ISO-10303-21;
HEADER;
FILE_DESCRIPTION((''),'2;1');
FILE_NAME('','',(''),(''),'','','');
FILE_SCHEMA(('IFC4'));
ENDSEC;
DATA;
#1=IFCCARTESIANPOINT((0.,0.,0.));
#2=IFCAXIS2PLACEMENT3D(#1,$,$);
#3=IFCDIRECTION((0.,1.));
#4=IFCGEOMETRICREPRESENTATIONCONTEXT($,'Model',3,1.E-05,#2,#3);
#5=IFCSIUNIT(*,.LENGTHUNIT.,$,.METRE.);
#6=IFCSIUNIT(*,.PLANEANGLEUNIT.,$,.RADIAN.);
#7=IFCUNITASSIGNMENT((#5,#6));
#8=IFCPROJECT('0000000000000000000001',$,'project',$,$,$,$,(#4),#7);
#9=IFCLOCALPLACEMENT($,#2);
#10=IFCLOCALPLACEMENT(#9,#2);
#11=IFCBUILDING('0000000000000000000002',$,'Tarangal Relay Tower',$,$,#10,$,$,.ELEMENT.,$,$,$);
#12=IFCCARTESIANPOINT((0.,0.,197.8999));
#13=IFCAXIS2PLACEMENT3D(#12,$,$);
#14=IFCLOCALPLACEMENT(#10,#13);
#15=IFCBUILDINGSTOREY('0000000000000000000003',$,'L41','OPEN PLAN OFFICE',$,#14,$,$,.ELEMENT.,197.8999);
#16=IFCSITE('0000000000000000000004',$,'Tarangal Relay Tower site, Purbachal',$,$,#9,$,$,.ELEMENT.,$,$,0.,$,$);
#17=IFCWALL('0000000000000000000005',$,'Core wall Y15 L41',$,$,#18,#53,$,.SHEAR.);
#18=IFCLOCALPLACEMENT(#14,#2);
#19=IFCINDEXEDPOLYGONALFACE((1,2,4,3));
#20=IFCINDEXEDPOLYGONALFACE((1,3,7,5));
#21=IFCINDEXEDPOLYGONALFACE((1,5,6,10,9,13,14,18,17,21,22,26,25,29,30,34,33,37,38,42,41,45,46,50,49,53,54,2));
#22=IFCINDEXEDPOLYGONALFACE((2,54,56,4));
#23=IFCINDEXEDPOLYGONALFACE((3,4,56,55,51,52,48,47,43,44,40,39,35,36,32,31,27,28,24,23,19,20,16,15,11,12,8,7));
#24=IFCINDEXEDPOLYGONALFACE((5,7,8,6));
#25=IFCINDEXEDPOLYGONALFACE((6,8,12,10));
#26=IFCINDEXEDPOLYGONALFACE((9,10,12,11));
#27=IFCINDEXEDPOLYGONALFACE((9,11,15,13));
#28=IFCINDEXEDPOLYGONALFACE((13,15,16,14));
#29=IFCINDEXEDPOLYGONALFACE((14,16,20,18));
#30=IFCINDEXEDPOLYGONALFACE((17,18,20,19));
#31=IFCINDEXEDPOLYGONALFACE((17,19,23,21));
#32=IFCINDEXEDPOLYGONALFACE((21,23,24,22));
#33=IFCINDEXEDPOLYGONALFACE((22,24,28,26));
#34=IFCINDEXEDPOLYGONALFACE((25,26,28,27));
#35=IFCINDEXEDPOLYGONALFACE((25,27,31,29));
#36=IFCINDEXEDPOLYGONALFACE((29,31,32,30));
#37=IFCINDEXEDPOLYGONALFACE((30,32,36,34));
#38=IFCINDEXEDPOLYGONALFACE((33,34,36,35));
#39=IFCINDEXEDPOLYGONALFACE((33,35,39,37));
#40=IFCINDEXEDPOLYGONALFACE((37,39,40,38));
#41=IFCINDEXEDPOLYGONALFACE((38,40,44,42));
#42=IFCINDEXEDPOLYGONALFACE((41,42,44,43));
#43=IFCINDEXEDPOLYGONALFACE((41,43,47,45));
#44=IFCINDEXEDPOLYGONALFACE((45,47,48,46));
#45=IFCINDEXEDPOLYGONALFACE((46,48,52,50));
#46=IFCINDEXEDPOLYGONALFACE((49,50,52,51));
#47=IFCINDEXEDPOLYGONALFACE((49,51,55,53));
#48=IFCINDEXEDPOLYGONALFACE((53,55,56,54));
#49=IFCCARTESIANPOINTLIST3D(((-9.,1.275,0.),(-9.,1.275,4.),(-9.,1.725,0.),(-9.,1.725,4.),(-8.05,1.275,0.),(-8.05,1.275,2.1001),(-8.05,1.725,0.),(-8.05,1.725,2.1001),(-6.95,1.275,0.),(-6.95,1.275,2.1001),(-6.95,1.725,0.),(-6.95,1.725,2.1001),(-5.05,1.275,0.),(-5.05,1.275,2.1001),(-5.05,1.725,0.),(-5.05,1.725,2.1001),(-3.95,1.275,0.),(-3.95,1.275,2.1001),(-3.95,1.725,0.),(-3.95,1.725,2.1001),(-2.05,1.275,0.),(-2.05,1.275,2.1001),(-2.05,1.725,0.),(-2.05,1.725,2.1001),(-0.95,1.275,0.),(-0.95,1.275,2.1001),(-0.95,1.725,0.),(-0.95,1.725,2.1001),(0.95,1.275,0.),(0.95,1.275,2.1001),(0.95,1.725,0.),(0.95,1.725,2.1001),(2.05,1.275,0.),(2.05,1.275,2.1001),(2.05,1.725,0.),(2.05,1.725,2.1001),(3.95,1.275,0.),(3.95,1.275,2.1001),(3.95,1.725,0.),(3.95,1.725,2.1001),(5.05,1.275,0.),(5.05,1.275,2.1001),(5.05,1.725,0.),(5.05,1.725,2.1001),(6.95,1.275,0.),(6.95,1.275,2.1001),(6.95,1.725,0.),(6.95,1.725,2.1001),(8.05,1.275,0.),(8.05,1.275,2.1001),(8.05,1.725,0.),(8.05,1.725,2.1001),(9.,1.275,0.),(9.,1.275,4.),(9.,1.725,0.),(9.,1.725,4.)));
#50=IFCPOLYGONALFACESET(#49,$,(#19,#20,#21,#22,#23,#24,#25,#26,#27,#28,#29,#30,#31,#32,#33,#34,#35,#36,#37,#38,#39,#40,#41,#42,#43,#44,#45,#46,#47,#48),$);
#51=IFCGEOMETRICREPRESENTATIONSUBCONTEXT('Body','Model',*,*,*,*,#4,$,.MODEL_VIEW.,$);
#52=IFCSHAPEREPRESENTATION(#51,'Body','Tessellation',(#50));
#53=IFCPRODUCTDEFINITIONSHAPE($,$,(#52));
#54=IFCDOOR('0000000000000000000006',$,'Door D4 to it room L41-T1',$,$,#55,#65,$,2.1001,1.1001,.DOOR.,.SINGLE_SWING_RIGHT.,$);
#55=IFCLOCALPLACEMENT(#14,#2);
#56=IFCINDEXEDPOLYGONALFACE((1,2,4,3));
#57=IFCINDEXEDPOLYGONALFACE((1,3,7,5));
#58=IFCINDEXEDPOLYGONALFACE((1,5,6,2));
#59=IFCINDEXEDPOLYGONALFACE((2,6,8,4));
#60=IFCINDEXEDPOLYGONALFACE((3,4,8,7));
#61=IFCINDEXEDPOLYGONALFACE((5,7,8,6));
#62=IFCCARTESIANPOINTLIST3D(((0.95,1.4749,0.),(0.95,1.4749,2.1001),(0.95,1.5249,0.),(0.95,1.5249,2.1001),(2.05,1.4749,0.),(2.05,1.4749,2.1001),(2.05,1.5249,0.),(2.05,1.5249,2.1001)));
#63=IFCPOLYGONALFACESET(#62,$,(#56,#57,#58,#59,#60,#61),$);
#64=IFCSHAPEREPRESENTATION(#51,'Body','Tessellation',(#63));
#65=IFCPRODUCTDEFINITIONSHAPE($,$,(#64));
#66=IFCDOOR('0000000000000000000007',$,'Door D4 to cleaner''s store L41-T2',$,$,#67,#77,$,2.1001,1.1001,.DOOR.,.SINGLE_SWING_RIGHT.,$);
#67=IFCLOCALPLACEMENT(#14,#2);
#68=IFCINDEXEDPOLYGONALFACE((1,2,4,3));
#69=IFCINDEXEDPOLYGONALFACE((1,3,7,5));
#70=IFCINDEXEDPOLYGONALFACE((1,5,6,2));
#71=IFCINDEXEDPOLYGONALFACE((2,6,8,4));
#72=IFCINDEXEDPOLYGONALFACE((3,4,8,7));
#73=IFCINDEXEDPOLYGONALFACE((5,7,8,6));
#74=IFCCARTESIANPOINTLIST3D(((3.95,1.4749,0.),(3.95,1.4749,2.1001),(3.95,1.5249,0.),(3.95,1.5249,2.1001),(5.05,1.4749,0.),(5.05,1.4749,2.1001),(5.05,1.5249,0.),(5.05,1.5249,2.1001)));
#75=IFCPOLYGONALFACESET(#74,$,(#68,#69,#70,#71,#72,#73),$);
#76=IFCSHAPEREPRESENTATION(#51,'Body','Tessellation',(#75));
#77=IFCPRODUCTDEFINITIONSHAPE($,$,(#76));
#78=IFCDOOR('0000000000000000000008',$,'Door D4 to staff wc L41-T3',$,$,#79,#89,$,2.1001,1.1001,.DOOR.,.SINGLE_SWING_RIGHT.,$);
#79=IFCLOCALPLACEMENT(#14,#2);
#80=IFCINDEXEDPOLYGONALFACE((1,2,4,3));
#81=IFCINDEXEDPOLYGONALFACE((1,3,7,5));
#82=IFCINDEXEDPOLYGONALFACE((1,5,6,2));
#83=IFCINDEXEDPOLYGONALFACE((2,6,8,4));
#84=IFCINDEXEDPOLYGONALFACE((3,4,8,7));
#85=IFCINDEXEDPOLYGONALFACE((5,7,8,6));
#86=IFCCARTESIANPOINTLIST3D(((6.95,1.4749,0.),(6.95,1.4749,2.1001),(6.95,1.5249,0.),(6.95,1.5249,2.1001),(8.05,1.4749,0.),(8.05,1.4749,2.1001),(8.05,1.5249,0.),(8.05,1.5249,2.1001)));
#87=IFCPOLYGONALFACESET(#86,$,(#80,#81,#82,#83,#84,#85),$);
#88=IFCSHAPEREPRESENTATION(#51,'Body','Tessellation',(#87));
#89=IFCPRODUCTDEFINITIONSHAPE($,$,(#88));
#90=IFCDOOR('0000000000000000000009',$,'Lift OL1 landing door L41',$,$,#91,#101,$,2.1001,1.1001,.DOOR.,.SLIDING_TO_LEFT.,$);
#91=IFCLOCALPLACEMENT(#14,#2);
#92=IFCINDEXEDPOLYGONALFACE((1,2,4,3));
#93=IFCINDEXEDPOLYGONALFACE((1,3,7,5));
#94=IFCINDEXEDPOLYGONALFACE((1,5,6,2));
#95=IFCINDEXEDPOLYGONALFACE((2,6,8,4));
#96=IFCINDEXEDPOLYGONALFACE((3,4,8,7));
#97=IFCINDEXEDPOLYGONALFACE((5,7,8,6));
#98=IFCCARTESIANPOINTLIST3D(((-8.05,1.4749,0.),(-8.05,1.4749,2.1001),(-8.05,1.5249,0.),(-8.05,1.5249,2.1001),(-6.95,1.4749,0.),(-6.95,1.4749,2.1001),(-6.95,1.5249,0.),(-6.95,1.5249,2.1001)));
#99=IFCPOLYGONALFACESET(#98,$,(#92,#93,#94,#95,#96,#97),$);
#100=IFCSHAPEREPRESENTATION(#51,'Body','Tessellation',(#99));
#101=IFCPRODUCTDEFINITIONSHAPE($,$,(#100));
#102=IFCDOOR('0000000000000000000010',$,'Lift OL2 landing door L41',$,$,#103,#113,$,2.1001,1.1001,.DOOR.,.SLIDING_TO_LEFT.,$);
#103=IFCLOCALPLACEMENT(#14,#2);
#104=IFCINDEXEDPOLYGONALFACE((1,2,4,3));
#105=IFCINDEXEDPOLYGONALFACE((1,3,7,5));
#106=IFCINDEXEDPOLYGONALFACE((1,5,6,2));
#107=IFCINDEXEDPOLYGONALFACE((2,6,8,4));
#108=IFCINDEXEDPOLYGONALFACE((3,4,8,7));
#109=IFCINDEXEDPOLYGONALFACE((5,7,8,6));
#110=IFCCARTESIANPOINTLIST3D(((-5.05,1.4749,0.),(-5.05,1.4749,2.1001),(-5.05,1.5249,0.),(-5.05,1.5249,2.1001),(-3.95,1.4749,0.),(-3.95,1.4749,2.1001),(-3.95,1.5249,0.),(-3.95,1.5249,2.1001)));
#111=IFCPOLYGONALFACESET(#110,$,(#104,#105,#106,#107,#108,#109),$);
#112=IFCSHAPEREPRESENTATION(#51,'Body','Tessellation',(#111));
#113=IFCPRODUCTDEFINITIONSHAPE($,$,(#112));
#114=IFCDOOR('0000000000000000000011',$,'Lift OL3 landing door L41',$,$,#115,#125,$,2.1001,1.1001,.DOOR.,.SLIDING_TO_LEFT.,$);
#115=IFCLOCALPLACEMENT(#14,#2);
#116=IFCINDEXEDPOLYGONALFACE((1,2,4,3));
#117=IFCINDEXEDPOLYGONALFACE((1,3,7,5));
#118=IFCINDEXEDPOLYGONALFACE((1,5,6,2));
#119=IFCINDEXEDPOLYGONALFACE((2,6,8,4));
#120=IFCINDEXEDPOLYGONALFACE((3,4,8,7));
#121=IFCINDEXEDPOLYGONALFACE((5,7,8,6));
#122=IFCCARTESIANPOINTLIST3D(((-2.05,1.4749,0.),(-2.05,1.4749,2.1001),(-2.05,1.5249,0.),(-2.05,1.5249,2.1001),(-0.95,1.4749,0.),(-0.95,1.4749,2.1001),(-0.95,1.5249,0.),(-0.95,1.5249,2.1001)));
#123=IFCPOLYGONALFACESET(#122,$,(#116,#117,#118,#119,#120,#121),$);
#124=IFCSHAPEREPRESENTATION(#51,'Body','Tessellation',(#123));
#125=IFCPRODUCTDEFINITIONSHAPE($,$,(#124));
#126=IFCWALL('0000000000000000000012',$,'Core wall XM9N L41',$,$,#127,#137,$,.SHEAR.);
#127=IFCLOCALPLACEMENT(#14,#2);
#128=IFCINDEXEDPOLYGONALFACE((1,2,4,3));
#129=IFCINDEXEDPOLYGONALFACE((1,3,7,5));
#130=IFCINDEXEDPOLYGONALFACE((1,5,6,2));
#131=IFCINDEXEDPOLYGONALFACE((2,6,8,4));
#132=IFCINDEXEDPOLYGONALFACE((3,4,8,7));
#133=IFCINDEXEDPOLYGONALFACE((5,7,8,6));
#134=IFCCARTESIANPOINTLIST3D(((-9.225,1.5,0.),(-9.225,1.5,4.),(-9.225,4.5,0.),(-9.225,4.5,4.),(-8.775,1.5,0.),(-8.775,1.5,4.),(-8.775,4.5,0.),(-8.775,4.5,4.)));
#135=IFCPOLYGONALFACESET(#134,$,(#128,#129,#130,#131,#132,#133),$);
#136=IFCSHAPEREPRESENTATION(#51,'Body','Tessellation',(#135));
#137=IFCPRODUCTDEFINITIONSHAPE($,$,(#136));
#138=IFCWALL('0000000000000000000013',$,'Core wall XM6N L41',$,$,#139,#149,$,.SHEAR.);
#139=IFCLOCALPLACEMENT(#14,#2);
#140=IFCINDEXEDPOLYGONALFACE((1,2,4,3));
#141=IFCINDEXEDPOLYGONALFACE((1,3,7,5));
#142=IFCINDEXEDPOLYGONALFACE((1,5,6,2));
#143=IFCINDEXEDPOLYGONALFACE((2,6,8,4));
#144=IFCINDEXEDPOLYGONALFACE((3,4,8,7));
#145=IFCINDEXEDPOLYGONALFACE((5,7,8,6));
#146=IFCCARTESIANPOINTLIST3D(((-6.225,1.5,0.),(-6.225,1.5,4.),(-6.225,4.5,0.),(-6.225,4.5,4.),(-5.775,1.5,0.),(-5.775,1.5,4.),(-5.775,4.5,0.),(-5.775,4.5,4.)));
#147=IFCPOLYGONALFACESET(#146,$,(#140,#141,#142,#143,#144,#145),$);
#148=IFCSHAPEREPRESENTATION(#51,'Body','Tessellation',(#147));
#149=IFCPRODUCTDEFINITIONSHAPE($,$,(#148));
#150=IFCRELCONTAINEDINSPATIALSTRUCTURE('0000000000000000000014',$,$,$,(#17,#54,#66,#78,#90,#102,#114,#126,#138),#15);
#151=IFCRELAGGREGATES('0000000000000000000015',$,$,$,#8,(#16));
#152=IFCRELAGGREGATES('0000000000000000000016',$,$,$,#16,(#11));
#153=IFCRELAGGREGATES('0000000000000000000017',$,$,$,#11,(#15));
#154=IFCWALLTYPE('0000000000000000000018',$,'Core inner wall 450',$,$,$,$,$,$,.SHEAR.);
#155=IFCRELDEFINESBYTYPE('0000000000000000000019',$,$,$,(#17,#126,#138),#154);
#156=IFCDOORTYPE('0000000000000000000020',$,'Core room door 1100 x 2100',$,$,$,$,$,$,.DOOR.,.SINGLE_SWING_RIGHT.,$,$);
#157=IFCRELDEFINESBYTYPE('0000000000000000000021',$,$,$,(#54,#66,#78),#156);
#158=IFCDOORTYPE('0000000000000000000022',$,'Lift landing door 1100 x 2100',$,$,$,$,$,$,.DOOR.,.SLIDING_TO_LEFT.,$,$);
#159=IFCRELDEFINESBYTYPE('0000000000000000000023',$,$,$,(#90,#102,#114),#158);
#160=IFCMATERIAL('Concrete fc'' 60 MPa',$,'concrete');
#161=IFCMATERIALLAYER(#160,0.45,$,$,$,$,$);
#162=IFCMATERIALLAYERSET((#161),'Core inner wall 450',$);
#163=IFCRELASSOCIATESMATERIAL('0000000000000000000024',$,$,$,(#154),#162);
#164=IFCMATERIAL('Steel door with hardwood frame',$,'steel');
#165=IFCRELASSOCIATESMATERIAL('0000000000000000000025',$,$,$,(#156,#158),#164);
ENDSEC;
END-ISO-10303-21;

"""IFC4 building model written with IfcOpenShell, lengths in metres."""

from ifc_helpers import new_model, si_unit, direction, frame, frame_2d, origin, place, context, subcontext, project, spatial, rectangle, extrude, material, layer, layer_set, type_object, element, fill, save


model = new_model("IFC4")

# Units and contexts
model_context = context("Model", 3, precision=1e-05, world=origin(), true_north=direction((0.0, 1.0)))
body_context = subcontext(model_context, "Body", "Model", "MODEL_VIEW")
ifc_project = project(units=[si_unit("LENGTHUNIT", "METRE"), si_unit("PLANEANGLEUNIT", "RADIAN")], contexts=[model_context])

# Site, building, storey
site_placement = place(None, origin())
site = spatial("IfcSite", under=ifc_project, at=site_placement, Name="Tarangal Relay Tower site, Purbachal", CompositionType="ELEMENT", RefElevation=0.0)
building_placement = place(site_placement, origin())
building = spatial("IfcBuilding", under=site, at=building_placement, Name="Tarangal Relay Tower", CompositionType="ELEMENT")
storey_placement = place(building_placement, frame((0.0, 0.0, 197.8999)))
storey = spatial("IfcBuildingStorey", under=building, at=storey_placement, Name="L41", Description="OPEN PLAN OFFICE", CompositionType="ELEMENT", Elevation=197.8999)

# Wall, openings, doors
ifc_material_1 = material(Name="Concrete fc' 60 MPa", Category="concrete")
ifc_layer = layer(ifc_material_1, 0.45)
ifc_layer_set = layer_set([ifc_layer], Name="Core inner wall 450")
wall_type = type_object("IfcWallType", Name="Core inner wall 450", PredefinedType="SHEAR", material=ifc_layer_set)
ifc_material_2 = material(Name="Steel door with hardwood frame", Category="steel")
wall_1_placement = place(storey_placement, frame((-9.0, 1.5, 0.0), z_axis=(0.0, 0.0, 1.0), x_axis=(1.0, 0.0, 0.0)))
wall_1 = element("IfcWall", 1, at=wall_1_placement, inside=storey, type_object=wall_type, Name="Core wall Y15 L41", PredefinedType="SHEAR", context=body_context, shape_type="SweptSolid", body=[
    extrude(rectangle(XDim=18.0, YDim=0.45, at=frame_2d((9.0, 0.0))), origin(), (0.0, 0.0, 1.0), 4.0),
])
opening_1_placement = place(wall_1_placement, frame((0.95, 0.0, 0.0)))
opening_1 = element("IfcOpeningElement", 2, at=opening_1_placement, cuts=wall_1, PredefinedType="OPENING", context=body_context, shape_type="SweptSolid", body=[
    extrude(rectangle(XDim=1.1001, YDim=2.1001, at=frame_2d((0.55, 1.05))), frame((0.0, 0.2349, 0.0), z_axis=(0.0, -1.0, 0.0), x_axis=(1.0, 0.0, 0.0)), (0.0, 0.0, 1.0), 0.47),
])
opening_2_placement = place(wall_1_placement, frame((3.95, 0.0, 0.0)))
opening_2 = element("IfcOpeningElement", 3, at=opening_2_placement, cuts=wall_1, PredefinedType="OPENING", context=body_context, shape_type="SweptSolid", body=[
    extrude(rectangle(XDim=1.1001, YDim=2.1001, at=frame_2d((0.55, 1.05))), frame((0.0, 0.2349, 0.0), z_axis=(0.0, -1.0, 0.0), x_axis=(1.0, 0.0, 0.0)), (0.0, 0.0, 1.0), 0.47),
])
opening_3_placement = place(wall_1_placement, frame((6.95, 0.0, 0.0)))
opening_3 = element("IfcOpeningElement", 4, at=opening_3_placement, cuts=wall_1, PredefinedType="OPENING", context=body_context, shape_type="SweptSolid", body=[
    extrude(rectangle(XDim=1.1001, YDim=2.1001, at=frame_2d((0.55, 1.05))), frame((0.0, 0.2349, 0.0), z_axis=(0.0, -1.0, 0.0), x_axis=(1.0, 0.0, 0.0)), (0.0, 0.0, 1.0), 0.47),
])
opening_4_placement = place(wall_1_placement, frame((9.95, 0.0, 0.0)))
opening_4 = element("IfcOpeningElement", 5, at=opening_4_placement, cuts=wall_1, PredefinedType="OPENING", context=body_context, shape_type="SweptSolid", body=[
    extrude(rectangle(XDim=1.1001, YDim=2.1001, at=frame_2d((0.55, 1.05))), frame((0.0, 0.2349, 0.0), z_axis=(0.0, -1.0, 0.0), x_axis=(1.0, 0.0, 0.0)), (0.0, 0.0, 1.0), 0.47),
])
opening_5_placement = place(wall_1_placement, frame((12.95, 0.0, 0.0)))
opening_5 = element("IfcOpeningElement", 6, at=opening_5_placement, cuts=wall_1, PredefinedType="OPENING", context=body_context, shape_type="SweptSolid", body=[
    extrude(rectangle(XDim=1.1001, YDim=2.1001, at=frame_2d((0.55, 1.05))), frame((0.0, 0.2349, 0.0), z_axis=(0.0, -1.0, 0.0), x_axis=(1.0, 0.0, 0.0)), (0.0, 0.0, 1.0), 0.47),
])
opening_6_placement = place(wall_1_placement, frame((15.95, 0.0, 0.0)))
opening_6 = element("IfcOpeningElement", 7, at=opening_6_placement, cuts=wall_1, PredefinedType="OPENING", context=body_context, shape_type="SweptSolid", body=[
    extrude(rectangle(XDim=1.1001, YDim=2.1001, at=frame_2d((0.55, 1.05))), frame((0.0, 0.2349, 0.0), z_axis=(0.0, -1.0, 0.0), x_axis=(1.0, 0.0, 0.0)), (0.0, 0.0, 1.0), 0.47),
])
door_type_1 = type_object("IfcDoorType", Name="Core room door 1100 x 2100", OperationType="SINGLE_SWING_RIGHT", PredefinedType="DOOR", material=ifc_material_2)
door_1_placement = place(opening_4_placement, origin())
door_1 = element("IfcDoor", 8, at=door_1_placement, inside=storey, type_object=door_type_1, Name="Door D4 to it room L41-T1", OperationType="SINGLE_SWING_RIGHT", OverallHeight=2.1001, OverallWidth=1.1001, PredefinedType="DOOR", context=body_context, shape_type="SweptSolid", body=[
    extrude(rectangle(XDim=1.1001, YDim=2.1001, at=frame_2d((0.55, 1.05))), frame((0.0, 0.0249, 0.0), z_axis=(0.0, -1.0, 0.0), x_axis=(1.0, 0.0, 0.0)), (0.0, 0.0, 1.0), 0.05),
])
fill(opening_4, door_1)
door_2_placement = place(opening_5_placement, origin())
door_2 = element("IfcDoor", 9, at=door_2_placement, inside=storey, type_object=door_type_1, Name="Door D4 to cleaner's store L41-T2", OperationType="SINGLE_SWING_RIGHT", OverallHeight=2.1001, OverallWidth=1.1001, PredefinedType="DOOR", context=body_context, shape_type="SweptSolid", body=[
    extrude(rectangle(XDim=1.1001, YDim=2.1001, at=frame_2d((0.55, 1.05))), frame((0.0, 0.0249, 0.0), z_axis=(0.0, -1.0, 0.0), x_axis=(1.0, 0.0, 0.0)), (0.0, 0.0, 1.0), 0.05),
])
fill(opening_5, door_2)
door_3_placement = place(opening_6_placement, origin())
door_3 = element("IfcDoor", 10, at=door_3_placement, inside=storey, type_object=door_type_1, Name="Door D4 to staff wc L41-T3", OperationType="SINGLE_SWING_RIGHT", OverallHeight=2.1001, OverallWidth=1.1001, PredefinedType="DOOR", context=body_context, shape_type="SweptSolid", body=[
    extrude(rectangle(XDim=1.1001, YDim=2.1001, at=frame_2d((0.55, 1.05))), frame((0.0, 0.0249, 0.0), z_axis=(0.0, -1.0, 0.0), x_axis=(1.0, 0.0, 0.0)), (0.0, 0.0, 1.0), 0.05),
])
fill(opening_6, door_3)
door_type_2 = type_object("IfcDoorType", Name="Lift landing door 1100 x 2100", OperationType="SLIDING_TO_LEFT", PredefinedType="DOOR", material=ifc_material_2)
door_4_placement = place(opening_1_placement, origin())
door_4 = element("IfcDoor", 11, at=door_4_placement, inside=storey, type_object=door_type_2, Name="Lift OL1 landing door L41", OperationType="SLIDING_TO_LEFT", OverallHeight=2.1001, OverallWidth=1.1001, PredefinedType="DOOR", context=body_context, shape_type="SweptSolid", body=[
    extrude(rectangle(XDim=1.1001, YDim=2.1001, at=frame_2d((0.55, 1.05))), frame((0.0, 0.0249, 0.0), z_axis=(0.0, -1.0, 0.0), x_axis=(1.0, 0.0, 0.0)), (0.0, 0.0, 1.0), 0.05),
])
fill(opening_1, door_4)
door_5_placement = place(opening_2_placement, origin())
door_5 = element("IfcDoor", 12, at=door_5_placement, inside=storey, type_object=door_type_2, Name="Lift OL2 landing door L41", OperationType="SLIDING_TO_LEFT", OverallHeight=2.1001, OverallWidth=1.1001, PredefinedType="DOOR", context=body_context, shape_type="SweptSolid", body=[
    extrude(rectangle(XDim=1.1001, YDim=2.1001, at=frame_2d((0.55, 1.05))), frame((0.0, 0.0249, 0.0), z_axis=(0.0, -1.0, 0.0), x_axis=(1.0, 0.0, 0.0)), (0.0, 0.0, 1.0), 0.05),
])
fill(opening_2, door_5)
door_6_placement = place(opening_3_placement, origin())
door_6 = element("IfcDoor", 13, at=door_6_placement, inside=storey, type_object=door_type_2, Name="Lift OL3 landing door L41", OperationType="SLIDING_TO_LEFT", OverallHeight=2.1001, OverallWidth=1.1001, PredefinedType="DOOR", context=body_context, shape_type="SweptSolid", body=[
    extrude(rectangle(XDim=1.1001, YDim=2.1001, at=frame_2d((0.55, 1.05))), frame((0.0, 0.0249, 0.0), z_axis=(0.0, -1.0, 0.0), x_axis=(1.0, 0.0, 0.0)), (0.0, 0.0, 1.0), 0.05),
])
fill(opening_3, door_6)

# Walls
for number, where, z_axis, x_axis, name in (
    (14, (-9.0, 1.5, 0.0), (0.0, 0.0, 1.0), (0.0, 1.0, 0.0), "Core wall XM9N L41"),
    (15, (-6.0, 1.5, 0.0), (0.0, 0.0, 1.0), (0.0, 1.0, 0.0), "Core wall XM6N L41"),
):
    element("IfcWall", number, at=place(storey_placement, frame(where, z_axis=z_axis, x_axis=x_axis)), inside=storey, type_object=wall_type, Name=name, PredefinedType="SHEAR", context=body_context, shape_type="SweptSolid", body=[
        extrude(rectangle(XDim=3.0, YDim=0.45, at=frame_2d((1.5, 0.0))), origin(), (0.0, 0.0, 1.0), 4.0),
    ])

save(model, "model.ifc")
